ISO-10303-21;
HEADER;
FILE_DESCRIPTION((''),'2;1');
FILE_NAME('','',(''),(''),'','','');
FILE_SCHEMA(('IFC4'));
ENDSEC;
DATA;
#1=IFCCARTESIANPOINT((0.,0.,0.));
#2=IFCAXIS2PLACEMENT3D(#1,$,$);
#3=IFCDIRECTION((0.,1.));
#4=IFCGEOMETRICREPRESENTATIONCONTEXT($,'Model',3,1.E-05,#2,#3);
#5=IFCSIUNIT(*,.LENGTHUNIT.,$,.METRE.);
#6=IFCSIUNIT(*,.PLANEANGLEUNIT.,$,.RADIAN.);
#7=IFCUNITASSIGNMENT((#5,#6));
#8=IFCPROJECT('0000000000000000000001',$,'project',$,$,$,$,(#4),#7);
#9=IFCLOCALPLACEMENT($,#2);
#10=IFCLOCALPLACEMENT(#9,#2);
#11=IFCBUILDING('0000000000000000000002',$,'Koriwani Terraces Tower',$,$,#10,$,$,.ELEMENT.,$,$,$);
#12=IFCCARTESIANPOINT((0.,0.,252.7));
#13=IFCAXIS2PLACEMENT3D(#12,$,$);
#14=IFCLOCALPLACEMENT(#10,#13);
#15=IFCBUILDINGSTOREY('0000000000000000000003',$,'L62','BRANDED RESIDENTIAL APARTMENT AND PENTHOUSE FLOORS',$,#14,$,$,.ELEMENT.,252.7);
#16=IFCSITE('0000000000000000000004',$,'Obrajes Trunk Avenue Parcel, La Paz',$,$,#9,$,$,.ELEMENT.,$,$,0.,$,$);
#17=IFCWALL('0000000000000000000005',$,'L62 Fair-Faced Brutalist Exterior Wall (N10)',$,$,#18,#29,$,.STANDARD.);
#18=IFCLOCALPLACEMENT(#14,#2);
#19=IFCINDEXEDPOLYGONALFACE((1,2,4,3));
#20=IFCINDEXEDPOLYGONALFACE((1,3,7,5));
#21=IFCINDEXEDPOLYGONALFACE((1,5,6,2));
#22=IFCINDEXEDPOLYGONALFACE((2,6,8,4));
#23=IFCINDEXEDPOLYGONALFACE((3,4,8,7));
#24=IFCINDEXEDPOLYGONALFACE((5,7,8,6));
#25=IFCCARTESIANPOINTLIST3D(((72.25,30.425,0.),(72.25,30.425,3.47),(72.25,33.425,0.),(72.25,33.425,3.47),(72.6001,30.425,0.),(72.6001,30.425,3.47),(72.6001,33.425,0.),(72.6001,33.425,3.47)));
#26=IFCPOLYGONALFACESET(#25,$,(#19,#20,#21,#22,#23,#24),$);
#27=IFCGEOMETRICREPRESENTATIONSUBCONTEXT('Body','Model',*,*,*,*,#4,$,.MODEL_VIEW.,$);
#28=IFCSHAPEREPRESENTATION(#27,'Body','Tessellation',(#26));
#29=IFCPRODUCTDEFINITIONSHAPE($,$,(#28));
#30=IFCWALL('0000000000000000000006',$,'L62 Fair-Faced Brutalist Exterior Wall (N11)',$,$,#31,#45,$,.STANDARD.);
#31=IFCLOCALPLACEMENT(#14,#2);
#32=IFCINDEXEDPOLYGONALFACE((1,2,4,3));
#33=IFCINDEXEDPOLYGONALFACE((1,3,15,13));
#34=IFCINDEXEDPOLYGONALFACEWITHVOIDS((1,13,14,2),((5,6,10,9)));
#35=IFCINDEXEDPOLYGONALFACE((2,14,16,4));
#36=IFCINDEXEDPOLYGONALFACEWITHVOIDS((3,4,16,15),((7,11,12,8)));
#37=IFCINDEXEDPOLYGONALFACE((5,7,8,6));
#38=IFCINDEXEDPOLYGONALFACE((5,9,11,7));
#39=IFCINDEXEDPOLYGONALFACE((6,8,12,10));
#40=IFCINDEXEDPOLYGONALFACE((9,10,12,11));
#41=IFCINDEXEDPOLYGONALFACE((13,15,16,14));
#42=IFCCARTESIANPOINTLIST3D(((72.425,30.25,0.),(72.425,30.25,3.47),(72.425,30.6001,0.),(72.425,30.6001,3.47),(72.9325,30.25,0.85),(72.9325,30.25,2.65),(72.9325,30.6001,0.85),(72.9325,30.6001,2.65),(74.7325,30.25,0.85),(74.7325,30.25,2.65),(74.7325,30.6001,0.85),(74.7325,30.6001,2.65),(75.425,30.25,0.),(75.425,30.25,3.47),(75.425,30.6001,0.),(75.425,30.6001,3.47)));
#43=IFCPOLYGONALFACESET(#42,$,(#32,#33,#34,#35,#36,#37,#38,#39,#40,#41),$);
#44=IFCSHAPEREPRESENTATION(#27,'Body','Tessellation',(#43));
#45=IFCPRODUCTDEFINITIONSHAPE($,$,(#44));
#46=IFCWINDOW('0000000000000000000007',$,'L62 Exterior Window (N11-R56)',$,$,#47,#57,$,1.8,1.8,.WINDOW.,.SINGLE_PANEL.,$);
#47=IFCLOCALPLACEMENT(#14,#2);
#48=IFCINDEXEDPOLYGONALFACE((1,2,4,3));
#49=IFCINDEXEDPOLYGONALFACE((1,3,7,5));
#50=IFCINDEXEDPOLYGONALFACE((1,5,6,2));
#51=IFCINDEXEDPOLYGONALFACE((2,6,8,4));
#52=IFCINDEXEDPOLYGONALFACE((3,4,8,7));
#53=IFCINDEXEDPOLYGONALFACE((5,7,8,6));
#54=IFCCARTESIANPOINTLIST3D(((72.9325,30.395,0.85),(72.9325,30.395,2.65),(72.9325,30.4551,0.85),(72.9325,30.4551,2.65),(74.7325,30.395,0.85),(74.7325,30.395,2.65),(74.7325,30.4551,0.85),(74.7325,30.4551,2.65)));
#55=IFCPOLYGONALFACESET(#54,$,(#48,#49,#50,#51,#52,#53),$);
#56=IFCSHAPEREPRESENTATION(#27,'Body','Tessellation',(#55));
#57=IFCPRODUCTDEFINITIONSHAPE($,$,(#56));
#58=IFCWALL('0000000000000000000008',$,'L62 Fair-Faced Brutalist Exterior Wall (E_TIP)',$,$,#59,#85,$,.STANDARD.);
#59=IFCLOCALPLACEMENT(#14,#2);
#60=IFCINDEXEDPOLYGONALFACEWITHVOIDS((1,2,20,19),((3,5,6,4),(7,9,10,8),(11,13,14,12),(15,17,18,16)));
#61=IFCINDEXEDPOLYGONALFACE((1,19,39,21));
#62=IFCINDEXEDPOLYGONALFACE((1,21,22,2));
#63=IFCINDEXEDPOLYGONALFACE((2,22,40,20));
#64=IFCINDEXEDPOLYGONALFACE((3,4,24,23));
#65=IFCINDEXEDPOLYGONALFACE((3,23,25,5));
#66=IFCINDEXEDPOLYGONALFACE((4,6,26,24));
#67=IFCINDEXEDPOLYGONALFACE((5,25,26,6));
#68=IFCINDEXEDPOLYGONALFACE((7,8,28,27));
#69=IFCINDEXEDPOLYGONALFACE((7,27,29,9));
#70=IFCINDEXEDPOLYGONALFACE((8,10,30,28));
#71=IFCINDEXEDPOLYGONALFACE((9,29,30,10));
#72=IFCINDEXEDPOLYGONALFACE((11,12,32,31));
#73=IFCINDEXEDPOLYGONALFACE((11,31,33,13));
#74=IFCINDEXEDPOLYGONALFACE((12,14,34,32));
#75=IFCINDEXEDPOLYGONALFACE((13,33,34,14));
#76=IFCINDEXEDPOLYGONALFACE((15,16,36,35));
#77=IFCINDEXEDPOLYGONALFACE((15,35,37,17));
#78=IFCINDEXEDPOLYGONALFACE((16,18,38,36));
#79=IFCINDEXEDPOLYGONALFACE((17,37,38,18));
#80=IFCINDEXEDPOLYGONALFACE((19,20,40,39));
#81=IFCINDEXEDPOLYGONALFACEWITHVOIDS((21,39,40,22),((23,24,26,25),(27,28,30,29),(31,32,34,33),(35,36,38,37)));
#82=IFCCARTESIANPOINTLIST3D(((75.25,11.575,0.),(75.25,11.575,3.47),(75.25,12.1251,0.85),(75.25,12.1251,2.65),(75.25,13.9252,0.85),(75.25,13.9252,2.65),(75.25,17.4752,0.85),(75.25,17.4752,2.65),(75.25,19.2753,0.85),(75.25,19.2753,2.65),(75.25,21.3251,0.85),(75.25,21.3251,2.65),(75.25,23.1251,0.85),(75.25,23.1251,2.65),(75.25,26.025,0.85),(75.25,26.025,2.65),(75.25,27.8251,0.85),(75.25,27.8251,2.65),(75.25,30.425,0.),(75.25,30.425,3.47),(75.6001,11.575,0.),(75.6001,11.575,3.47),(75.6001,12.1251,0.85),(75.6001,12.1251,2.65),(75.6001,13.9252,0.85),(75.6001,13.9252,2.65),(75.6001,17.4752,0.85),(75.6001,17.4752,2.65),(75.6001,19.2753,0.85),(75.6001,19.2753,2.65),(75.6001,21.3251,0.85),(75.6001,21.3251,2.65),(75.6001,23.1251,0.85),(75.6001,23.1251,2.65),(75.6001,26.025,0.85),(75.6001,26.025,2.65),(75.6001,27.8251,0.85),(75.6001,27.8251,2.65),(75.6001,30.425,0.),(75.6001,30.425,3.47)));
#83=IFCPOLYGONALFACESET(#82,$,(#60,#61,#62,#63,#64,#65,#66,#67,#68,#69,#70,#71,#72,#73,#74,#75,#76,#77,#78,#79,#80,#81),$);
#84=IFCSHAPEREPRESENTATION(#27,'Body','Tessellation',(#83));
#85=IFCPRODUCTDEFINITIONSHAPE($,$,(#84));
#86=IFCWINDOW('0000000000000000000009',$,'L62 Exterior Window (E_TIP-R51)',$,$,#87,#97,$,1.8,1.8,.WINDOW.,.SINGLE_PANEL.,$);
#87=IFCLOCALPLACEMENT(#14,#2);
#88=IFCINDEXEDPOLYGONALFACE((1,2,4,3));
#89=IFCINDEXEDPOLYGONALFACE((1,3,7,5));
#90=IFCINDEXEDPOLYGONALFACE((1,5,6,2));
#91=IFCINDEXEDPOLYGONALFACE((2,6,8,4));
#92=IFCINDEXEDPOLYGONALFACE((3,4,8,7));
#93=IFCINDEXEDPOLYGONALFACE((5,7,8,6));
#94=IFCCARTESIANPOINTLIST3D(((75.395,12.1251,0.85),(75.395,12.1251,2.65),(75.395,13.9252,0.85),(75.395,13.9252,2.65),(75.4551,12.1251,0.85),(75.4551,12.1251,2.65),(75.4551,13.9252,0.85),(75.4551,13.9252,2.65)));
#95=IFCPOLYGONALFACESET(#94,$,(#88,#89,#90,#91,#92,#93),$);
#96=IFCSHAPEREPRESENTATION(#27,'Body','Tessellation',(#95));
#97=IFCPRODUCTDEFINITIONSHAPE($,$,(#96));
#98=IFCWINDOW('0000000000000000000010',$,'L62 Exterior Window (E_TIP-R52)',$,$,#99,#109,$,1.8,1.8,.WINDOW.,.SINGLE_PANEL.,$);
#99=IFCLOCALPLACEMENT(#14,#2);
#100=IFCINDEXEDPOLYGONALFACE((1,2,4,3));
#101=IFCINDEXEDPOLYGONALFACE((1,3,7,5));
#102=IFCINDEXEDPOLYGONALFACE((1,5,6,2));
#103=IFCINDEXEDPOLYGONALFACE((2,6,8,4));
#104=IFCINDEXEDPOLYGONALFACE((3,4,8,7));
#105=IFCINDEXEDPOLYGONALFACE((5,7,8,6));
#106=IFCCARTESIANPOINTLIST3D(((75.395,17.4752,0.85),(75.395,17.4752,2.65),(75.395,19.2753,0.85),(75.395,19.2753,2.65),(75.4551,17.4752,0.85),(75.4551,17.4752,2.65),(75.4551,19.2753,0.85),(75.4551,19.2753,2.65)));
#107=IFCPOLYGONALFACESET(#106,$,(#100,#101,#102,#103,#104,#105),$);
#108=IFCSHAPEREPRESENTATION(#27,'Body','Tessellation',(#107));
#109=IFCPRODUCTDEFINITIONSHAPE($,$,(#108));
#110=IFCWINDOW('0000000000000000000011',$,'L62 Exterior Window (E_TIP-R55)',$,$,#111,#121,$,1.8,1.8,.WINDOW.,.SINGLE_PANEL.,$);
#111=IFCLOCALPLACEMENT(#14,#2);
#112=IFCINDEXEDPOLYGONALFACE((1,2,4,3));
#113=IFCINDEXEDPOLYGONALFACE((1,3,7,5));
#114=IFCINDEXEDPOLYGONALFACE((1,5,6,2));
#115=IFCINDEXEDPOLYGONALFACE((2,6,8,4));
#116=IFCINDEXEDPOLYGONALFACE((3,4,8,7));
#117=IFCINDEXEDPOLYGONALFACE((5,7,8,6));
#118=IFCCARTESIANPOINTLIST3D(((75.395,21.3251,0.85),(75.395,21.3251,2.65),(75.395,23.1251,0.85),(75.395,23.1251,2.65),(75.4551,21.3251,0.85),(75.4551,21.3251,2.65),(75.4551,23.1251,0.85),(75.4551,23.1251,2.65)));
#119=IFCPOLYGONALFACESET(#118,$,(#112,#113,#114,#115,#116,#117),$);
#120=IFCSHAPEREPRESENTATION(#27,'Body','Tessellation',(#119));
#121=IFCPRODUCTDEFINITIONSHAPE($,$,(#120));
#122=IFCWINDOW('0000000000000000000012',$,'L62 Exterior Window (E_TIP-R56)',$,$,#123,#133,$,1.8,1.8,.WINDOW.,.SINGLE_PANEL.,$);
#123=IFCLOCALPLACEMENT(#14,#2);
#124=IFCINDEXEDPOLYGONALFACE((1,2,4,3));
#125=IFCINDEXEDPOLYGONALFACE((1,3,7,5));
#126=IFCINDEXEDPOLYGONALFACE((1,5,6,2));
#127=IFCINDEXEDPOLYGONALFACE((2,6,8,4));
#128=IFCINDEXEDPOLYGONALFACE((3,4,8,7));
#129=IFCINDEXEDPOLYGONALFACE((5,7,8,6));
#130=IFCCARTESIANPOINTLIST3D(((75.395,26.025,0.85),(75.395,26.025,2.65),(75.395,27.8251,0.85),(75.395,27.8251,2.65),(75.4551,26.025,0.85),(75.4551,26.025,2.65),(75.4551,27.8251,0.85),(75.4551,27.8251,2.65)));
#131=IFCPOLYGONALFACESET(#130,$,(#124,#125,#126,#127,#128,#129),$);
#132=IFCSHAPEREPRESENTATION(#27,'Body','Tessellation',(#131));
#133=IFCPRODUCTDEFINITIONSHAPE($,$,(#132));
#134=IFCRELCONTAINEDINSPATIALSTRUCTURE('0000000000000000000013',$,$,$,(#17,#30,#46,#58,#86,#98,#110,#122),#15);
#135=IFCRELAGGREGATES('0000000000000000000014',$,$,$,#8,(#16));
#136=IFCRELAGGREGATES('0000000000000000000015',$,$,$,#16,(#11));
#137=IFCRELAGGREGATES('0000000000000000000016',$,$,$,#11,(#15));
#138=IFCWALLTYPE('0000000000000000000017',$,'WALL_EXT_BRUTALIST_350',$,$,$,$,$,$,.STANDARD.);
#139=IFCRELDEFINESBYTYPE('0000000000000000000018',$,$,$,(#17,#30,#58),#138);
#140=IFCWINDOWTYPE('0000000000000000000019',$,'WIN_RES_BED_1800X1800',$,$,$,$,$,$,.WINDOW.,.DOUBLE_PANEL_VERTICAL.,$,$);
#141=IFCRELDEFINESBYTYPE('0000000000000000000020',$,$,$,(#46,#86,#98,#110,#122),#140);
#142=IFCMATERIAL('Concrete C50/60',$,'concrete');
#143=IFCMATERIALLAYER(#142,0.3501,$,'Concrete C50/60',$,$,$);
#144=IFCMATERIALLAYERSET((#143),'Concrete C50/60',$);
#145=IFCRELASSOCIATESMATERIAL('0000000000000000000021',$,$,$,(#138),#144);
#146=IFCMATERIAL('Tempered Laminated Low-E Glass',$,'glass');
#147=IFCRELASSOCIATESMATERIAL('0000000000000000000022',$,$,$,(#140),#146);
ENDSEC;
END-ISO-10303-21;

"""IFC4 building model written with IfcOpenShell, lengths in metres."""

from ifc_helpers import new_model, si_unit, direction, frame, frame_2d, origin, place, context, subcontext, project, spatial, rectangle, extrude, material, layer, layer_set, type_object, element, fill, save


model = new_model("IFC4")

# Units and contexts
model_context = context("Model", 3, precision=1e-05, world=origin(), true_north=direction((0.0, 1.0)))
body_context = subcontext(model_context, "Body", "Model", "MODEL_VIEW")
ifc_project = project(units=[si_unit("LENGTHUNIT", "METRE"), si_unit("PLANEANGLEUNIT", "RADIAN")], contexts=[model_context])

# Site, building, storey
site_placement = place(None, origin())
site = spatial("IfcSite", under=ifc_project, at=site_placement, Name="Obrajes Trunk Avenue Parcel, La Paz", CompositionType="ELEMENT", RefElevation=0.0)
building_placement = place(site_placement, origin())
building = spatial("IfcBuilding", under=site, at=building_placement, Name="Koriwani Terraces Tower", CompositionType="ELEMENT")
storey_placement = place(building_placement, frame((0.0, 0.0, 252.7)))
storey = spatial("IfcBuildingStorey", under=building, at=storey_placement, Name="L62", Description="BRANDED RESIDENTIAL APARTMENT AND PENTHOUSE FLOORS", CompositionType="ELEMENT", Elevation=252.7)

# Shared definitions
ifc_material_1 = material(Name="Concrete C50/60", Category="concrete")

# Wall
ifc_layer_1 = layer(ifc_material_1, 0.3501, Name="Concrete C50/60")
ifc_layer_set_1 = layer_set([ifc_layer_1], Name="Concrete C50/60")
wall_type_1 = type_object("IfcWallType", Name="WALL_EXT_BRUTALIST_350", PredefinedType="STANDARD", material=ifc_layer_set_1)
wall_1_placement = place(storey_placement, frame((72.425, 33.425, 0.0), z_axis=(0.0, 0.0, 1.0), x_axis=(0.0, -1.0, 0.0)))
element("IfcWall", 1, at=wall_1_placement, inside=storey, type_object=wall_type_1, Name="L62 Fair-Faced Brutalist Exterior Wall (N10)", PredefinedType="STANDARD", context=body_context, shape_type="SweptSolid", body=[
    extrude(rectangle(XDim=3.0, YDim=0.3501, at=frame_2d((1.5, 0.0))), origin(), (0.0, 0.0, 1.0), 3.47),
])

# Wall, opening, window
wall_2_placement = place(storey_placement, frame((72.425, 30.425, 0.0), z_axis=(0.0, 0.0, 1.0), x_axis=(1.0, 0.0, 0.0)))
wall_2 = element("IfcWall", 2, at=wall_2_placement, inside=storey, type_object=wall_type_1, Name="L62 Fair-Faced Brutalist Exterior Wall (N11)", PredefinedType="STANDARD", context=body_context, shape_type="SweptSolid", body=[
    extrude(rectangle(XDim=3.0, YDim=0.3501, at=frame_2d((1.5, 0.0))), origin(), (0.0, 0.0, 1.0), 3.47),
])
opening_1_placement = place(wall_2_placement, frame((0.5076, 0.0, 0.8501)))
opening_1 = element("IfcOpeningElement", 3, at=opening_1_placement, cuts=wall_2, PredefinedType="OPENING", context=body_context, shape_type="SweptSolid", body=[
    extrude(rectangle(XDim=1.8, YDim=1.8, at=frame_2d((0.8999, 0.8999))), frame((0.0, 0.1851, 0.0), z_axis=(0.0, -1.0, 0.0), x_axis=(1.0, 0.0, 0.0)), (0.0, 0.0, 1.0), 0.3701),
])
ifc_material_2 = material(Name="Tempered Laminated Low-E Glass", Category="glass")
window_type = type_object("IfcWindowType", Name="WIN_RES_BED_1800X1800", PartitioningType="DOUBLE_PANEL_VERTICAL", PredefinedType="WINDOW", material=ifc_material_2)
window_1_placement = place(opening_1_placement, origin())
window_1 = element("IfcWindow", 4, at=window_1_placement, inside=storey, type_object=window_type, Name="L62 Exterior Window (N11-R56)", OverallHeight=1.8, OverallWidth=1.8, PartitioningType="SINGLE_PANEL", PredefinedType="WINDOW", context=body_context, shape_type="SweptSolid", body=[
    extrude(rectangle(XDim=1.8, YDim=1.8, at=frame_2d((0.8999, 0.8999))), frame((0.0, 0.03, 0.0), z_axis=(0.0, -1.0, 0.0), x_axis=(1.0, 0.0, 0.0)), (0.0, 0.0, 1.0), 0.0601),
])
fill(opening_1, window_1)

# Wall, openings, windows
wall_3_placement = place(storey_placement, frame((75.425, 30.425, 0.0), z_axis=(0.0, 0.0, 1.0), x_axis=(0.0, -1.0, 0.0)))
wall_3 = element("IfcWall", 5, at=wall_3_placement, inside=storey, type_object=wall_type_1, Name="L62 Fair-Faced Brutalist Exterior Wall (E_TIP)", PredefinedType="STANDARD", context=body_context, shape_type="SweptSolid", body=[
    extrude(rectangle(XDim=18.8501, YDim=0.3501, at=frame_2d((9.425, 0.0))), origin(), (0.0, 0.0, 1.0), 3.47),
])
opening_2_placement = place(wall_3_placement, frame((16.5, 0.0, 0.8501)))
opening_2 = element("IfcOpeningElement", 6, at=opening_2_placement, cuts=wall_3, PredefinedType="OPENING", context=body_context, shape_type="SweptSolid", body=[
    extrude(rectangle(XDim=1.8, YDim=1.8, at=frame_2d((0.8999, 0.8999))), frame((0.0, 0.1851, 0.0), z_axis=(0.0, -1.0, 0.0), x_axis=(1.0, 0.0, 0.0)), (0.0, 0.0, 1.0), 0.3701),
])
opening_3_placement = place(wall_3_placement, frame((11.1499, 0.0, 0.8501)))
opening_3 = element("IfcOpeningElement", 7, at=opening_3_placement, cuts=wall_3, PredefinedType="OPENING", context=body_context, shape_type="SweptSolid", body=[
    extrude(rectangle(XDim=1.8, YDim=1.8, at=frame_2d((0.8999, 0.8999))), frame((0.0, 0.1851, 0.0), z_axis=(0.0, -1.0, 0.0), x_axis=(1.0, 0.0, 0.0)), (0.0, 0.0, 1.0), 0.3701),
])
opening_4_placement = place(wall_3_placement, frame((7.3, 0.0, 0.8501)))
opening_4 = element("IfcOpeningElement", 8, at=opening_4_placement, cuts=wall_3, PredefinedType="OPENING", context=body_context, shape_type="SweptSolid", body=[
    extrude(rectangle(XDim=1.8, YDim=1.8, at=frame_2d((0.8999, 0.8999))), frame((0.0, 0.1851, 0.0), z_axis=(0.0, -1.0, 0.0), x_axis=(1.0, 0.0, 0.0)), (0.0, 0.0, 1.0), 0.3701),
])
opening_5_placement = place(wall_3_placement, frame((2.6001, 0.0, 0.8501)))
opening_5 = element("IfcOpeningElement", 9, at=opening_5_placement, cuts=wall_3, PredefinedType="OPENING", context=body_context, shape_type="SweptSolid", body=[
    extrude(rectangle(XDim=1.8, YDim=1.8, at=frame_2d((0.8999, 0.8999))), frame((0.0, 0.1851, 0.0), z_axis=(0.0, -1.0, 0.0), x_axis=(1.0, 0.0, 0.0)), (0.0, 0.0, 1.0), 0.3701),
])
window_2_placement = place(opening_2_placement, origin())
window_2 = element("IfcWindow", 10, at=window_2_placement, inside=storey, type_object=window_type, Name="L62 Exterior Window (E_TIP-R51)", OverallHeight=1.8, OverallWidth=1.8, PartitioningType="SINGLE_PANEL", PredefinedType="WINDOW", context=body_context, shape_type="SweptSolid", body=[
    extrude(rectangle(XDim=1.8, YDim=1.8, at=frame_2d((0.8999, 0.8999))), frame((0.0, 0.03, 0.0), z_axis=(0.0, -1.0, 0.0), x_axis=(1.0, 0.0, 0.0)), (0.0, 0.0, 1.0), 0.0601),
])
fill(opening_2, window_2)
window_3_placement = place(opening_3_placement, origin())
window_3 = element("IfcWindow", 11, at=window_3_placement, inside=storey, type_object=window_type, Name="L62 Exterior Window (E_TIP-R52)", OverallHeight=1.8, OverallWidth=1.8, PartitioningType="SINGLE_PANEL", PredefinedType="WINDOW", context=body_context, shape_type="SweptSolid", body=[
    extrude(rectangle(XDim=1.8, YDim=1.8, at=frame_2d((0.8999, 0.8999))), frame((0.0, 0.03, 0.0), z_axis=(0.0, -1.0, 0.0), x_axis=(1.0, 0.0, 0.0)), (0.0, 0.0, 1.0), 0.0601),
])
fill(opening_3, window_3)
window_4_placement = place(opening_4_placement, origin())
window_4 = element("IfcWindow", 12, at=window_4_placement, inside=storey, type_object=window_type, Name="L62 Exterior Window (E_TIP-R55)", OverallHeight=1.8, OverallWidth=1.8, PartitioningType="SINGLE_PANEL", PredefinedType="WINDOW", context=body_context, shape_type="SweptSolid", body=[
    extrude(rectangle(XDim=1.8, YDim=1.8, at=frame_2d((0.8999, 0.8999))), frame((0.0, 0.03, 0.0), z_axis=(0.0, -1.0, 0.0), x_axis=(1.0, 0.0, 0.0)), (0.0, 0.0, 1.0), 0.0601),
])
fill(opening_4, window_4)
window_5_placement = place(opening_5_placement, origin())
window_5 = element("IfcWindow", 13, at=window_5_placement, inside=storey, type_object=window_type, Name="L62 Exterior Window (E_TIP-R56)", OverallHeight=1.8, OverallWidth=1.8, PartitioningType="SINGLE_PANEL", PredefinedType="WINDOW", context=body_context, shape_type="SweptSolid", body=[
    extrude(rectangle(XDim=1.8, YDim=1.8, at=frame_2d((0.8999, 0.8999))), frame((0.0, 0.03, 0.0), z_axis=(0.0, -1.0, 0.0), x_axis=(1.0, 0.0, 0.0)), (0.0, 0.0, 1.0), 0.0601),
])
fill(opening_5, window_5)

save(model, "model.ifc")
